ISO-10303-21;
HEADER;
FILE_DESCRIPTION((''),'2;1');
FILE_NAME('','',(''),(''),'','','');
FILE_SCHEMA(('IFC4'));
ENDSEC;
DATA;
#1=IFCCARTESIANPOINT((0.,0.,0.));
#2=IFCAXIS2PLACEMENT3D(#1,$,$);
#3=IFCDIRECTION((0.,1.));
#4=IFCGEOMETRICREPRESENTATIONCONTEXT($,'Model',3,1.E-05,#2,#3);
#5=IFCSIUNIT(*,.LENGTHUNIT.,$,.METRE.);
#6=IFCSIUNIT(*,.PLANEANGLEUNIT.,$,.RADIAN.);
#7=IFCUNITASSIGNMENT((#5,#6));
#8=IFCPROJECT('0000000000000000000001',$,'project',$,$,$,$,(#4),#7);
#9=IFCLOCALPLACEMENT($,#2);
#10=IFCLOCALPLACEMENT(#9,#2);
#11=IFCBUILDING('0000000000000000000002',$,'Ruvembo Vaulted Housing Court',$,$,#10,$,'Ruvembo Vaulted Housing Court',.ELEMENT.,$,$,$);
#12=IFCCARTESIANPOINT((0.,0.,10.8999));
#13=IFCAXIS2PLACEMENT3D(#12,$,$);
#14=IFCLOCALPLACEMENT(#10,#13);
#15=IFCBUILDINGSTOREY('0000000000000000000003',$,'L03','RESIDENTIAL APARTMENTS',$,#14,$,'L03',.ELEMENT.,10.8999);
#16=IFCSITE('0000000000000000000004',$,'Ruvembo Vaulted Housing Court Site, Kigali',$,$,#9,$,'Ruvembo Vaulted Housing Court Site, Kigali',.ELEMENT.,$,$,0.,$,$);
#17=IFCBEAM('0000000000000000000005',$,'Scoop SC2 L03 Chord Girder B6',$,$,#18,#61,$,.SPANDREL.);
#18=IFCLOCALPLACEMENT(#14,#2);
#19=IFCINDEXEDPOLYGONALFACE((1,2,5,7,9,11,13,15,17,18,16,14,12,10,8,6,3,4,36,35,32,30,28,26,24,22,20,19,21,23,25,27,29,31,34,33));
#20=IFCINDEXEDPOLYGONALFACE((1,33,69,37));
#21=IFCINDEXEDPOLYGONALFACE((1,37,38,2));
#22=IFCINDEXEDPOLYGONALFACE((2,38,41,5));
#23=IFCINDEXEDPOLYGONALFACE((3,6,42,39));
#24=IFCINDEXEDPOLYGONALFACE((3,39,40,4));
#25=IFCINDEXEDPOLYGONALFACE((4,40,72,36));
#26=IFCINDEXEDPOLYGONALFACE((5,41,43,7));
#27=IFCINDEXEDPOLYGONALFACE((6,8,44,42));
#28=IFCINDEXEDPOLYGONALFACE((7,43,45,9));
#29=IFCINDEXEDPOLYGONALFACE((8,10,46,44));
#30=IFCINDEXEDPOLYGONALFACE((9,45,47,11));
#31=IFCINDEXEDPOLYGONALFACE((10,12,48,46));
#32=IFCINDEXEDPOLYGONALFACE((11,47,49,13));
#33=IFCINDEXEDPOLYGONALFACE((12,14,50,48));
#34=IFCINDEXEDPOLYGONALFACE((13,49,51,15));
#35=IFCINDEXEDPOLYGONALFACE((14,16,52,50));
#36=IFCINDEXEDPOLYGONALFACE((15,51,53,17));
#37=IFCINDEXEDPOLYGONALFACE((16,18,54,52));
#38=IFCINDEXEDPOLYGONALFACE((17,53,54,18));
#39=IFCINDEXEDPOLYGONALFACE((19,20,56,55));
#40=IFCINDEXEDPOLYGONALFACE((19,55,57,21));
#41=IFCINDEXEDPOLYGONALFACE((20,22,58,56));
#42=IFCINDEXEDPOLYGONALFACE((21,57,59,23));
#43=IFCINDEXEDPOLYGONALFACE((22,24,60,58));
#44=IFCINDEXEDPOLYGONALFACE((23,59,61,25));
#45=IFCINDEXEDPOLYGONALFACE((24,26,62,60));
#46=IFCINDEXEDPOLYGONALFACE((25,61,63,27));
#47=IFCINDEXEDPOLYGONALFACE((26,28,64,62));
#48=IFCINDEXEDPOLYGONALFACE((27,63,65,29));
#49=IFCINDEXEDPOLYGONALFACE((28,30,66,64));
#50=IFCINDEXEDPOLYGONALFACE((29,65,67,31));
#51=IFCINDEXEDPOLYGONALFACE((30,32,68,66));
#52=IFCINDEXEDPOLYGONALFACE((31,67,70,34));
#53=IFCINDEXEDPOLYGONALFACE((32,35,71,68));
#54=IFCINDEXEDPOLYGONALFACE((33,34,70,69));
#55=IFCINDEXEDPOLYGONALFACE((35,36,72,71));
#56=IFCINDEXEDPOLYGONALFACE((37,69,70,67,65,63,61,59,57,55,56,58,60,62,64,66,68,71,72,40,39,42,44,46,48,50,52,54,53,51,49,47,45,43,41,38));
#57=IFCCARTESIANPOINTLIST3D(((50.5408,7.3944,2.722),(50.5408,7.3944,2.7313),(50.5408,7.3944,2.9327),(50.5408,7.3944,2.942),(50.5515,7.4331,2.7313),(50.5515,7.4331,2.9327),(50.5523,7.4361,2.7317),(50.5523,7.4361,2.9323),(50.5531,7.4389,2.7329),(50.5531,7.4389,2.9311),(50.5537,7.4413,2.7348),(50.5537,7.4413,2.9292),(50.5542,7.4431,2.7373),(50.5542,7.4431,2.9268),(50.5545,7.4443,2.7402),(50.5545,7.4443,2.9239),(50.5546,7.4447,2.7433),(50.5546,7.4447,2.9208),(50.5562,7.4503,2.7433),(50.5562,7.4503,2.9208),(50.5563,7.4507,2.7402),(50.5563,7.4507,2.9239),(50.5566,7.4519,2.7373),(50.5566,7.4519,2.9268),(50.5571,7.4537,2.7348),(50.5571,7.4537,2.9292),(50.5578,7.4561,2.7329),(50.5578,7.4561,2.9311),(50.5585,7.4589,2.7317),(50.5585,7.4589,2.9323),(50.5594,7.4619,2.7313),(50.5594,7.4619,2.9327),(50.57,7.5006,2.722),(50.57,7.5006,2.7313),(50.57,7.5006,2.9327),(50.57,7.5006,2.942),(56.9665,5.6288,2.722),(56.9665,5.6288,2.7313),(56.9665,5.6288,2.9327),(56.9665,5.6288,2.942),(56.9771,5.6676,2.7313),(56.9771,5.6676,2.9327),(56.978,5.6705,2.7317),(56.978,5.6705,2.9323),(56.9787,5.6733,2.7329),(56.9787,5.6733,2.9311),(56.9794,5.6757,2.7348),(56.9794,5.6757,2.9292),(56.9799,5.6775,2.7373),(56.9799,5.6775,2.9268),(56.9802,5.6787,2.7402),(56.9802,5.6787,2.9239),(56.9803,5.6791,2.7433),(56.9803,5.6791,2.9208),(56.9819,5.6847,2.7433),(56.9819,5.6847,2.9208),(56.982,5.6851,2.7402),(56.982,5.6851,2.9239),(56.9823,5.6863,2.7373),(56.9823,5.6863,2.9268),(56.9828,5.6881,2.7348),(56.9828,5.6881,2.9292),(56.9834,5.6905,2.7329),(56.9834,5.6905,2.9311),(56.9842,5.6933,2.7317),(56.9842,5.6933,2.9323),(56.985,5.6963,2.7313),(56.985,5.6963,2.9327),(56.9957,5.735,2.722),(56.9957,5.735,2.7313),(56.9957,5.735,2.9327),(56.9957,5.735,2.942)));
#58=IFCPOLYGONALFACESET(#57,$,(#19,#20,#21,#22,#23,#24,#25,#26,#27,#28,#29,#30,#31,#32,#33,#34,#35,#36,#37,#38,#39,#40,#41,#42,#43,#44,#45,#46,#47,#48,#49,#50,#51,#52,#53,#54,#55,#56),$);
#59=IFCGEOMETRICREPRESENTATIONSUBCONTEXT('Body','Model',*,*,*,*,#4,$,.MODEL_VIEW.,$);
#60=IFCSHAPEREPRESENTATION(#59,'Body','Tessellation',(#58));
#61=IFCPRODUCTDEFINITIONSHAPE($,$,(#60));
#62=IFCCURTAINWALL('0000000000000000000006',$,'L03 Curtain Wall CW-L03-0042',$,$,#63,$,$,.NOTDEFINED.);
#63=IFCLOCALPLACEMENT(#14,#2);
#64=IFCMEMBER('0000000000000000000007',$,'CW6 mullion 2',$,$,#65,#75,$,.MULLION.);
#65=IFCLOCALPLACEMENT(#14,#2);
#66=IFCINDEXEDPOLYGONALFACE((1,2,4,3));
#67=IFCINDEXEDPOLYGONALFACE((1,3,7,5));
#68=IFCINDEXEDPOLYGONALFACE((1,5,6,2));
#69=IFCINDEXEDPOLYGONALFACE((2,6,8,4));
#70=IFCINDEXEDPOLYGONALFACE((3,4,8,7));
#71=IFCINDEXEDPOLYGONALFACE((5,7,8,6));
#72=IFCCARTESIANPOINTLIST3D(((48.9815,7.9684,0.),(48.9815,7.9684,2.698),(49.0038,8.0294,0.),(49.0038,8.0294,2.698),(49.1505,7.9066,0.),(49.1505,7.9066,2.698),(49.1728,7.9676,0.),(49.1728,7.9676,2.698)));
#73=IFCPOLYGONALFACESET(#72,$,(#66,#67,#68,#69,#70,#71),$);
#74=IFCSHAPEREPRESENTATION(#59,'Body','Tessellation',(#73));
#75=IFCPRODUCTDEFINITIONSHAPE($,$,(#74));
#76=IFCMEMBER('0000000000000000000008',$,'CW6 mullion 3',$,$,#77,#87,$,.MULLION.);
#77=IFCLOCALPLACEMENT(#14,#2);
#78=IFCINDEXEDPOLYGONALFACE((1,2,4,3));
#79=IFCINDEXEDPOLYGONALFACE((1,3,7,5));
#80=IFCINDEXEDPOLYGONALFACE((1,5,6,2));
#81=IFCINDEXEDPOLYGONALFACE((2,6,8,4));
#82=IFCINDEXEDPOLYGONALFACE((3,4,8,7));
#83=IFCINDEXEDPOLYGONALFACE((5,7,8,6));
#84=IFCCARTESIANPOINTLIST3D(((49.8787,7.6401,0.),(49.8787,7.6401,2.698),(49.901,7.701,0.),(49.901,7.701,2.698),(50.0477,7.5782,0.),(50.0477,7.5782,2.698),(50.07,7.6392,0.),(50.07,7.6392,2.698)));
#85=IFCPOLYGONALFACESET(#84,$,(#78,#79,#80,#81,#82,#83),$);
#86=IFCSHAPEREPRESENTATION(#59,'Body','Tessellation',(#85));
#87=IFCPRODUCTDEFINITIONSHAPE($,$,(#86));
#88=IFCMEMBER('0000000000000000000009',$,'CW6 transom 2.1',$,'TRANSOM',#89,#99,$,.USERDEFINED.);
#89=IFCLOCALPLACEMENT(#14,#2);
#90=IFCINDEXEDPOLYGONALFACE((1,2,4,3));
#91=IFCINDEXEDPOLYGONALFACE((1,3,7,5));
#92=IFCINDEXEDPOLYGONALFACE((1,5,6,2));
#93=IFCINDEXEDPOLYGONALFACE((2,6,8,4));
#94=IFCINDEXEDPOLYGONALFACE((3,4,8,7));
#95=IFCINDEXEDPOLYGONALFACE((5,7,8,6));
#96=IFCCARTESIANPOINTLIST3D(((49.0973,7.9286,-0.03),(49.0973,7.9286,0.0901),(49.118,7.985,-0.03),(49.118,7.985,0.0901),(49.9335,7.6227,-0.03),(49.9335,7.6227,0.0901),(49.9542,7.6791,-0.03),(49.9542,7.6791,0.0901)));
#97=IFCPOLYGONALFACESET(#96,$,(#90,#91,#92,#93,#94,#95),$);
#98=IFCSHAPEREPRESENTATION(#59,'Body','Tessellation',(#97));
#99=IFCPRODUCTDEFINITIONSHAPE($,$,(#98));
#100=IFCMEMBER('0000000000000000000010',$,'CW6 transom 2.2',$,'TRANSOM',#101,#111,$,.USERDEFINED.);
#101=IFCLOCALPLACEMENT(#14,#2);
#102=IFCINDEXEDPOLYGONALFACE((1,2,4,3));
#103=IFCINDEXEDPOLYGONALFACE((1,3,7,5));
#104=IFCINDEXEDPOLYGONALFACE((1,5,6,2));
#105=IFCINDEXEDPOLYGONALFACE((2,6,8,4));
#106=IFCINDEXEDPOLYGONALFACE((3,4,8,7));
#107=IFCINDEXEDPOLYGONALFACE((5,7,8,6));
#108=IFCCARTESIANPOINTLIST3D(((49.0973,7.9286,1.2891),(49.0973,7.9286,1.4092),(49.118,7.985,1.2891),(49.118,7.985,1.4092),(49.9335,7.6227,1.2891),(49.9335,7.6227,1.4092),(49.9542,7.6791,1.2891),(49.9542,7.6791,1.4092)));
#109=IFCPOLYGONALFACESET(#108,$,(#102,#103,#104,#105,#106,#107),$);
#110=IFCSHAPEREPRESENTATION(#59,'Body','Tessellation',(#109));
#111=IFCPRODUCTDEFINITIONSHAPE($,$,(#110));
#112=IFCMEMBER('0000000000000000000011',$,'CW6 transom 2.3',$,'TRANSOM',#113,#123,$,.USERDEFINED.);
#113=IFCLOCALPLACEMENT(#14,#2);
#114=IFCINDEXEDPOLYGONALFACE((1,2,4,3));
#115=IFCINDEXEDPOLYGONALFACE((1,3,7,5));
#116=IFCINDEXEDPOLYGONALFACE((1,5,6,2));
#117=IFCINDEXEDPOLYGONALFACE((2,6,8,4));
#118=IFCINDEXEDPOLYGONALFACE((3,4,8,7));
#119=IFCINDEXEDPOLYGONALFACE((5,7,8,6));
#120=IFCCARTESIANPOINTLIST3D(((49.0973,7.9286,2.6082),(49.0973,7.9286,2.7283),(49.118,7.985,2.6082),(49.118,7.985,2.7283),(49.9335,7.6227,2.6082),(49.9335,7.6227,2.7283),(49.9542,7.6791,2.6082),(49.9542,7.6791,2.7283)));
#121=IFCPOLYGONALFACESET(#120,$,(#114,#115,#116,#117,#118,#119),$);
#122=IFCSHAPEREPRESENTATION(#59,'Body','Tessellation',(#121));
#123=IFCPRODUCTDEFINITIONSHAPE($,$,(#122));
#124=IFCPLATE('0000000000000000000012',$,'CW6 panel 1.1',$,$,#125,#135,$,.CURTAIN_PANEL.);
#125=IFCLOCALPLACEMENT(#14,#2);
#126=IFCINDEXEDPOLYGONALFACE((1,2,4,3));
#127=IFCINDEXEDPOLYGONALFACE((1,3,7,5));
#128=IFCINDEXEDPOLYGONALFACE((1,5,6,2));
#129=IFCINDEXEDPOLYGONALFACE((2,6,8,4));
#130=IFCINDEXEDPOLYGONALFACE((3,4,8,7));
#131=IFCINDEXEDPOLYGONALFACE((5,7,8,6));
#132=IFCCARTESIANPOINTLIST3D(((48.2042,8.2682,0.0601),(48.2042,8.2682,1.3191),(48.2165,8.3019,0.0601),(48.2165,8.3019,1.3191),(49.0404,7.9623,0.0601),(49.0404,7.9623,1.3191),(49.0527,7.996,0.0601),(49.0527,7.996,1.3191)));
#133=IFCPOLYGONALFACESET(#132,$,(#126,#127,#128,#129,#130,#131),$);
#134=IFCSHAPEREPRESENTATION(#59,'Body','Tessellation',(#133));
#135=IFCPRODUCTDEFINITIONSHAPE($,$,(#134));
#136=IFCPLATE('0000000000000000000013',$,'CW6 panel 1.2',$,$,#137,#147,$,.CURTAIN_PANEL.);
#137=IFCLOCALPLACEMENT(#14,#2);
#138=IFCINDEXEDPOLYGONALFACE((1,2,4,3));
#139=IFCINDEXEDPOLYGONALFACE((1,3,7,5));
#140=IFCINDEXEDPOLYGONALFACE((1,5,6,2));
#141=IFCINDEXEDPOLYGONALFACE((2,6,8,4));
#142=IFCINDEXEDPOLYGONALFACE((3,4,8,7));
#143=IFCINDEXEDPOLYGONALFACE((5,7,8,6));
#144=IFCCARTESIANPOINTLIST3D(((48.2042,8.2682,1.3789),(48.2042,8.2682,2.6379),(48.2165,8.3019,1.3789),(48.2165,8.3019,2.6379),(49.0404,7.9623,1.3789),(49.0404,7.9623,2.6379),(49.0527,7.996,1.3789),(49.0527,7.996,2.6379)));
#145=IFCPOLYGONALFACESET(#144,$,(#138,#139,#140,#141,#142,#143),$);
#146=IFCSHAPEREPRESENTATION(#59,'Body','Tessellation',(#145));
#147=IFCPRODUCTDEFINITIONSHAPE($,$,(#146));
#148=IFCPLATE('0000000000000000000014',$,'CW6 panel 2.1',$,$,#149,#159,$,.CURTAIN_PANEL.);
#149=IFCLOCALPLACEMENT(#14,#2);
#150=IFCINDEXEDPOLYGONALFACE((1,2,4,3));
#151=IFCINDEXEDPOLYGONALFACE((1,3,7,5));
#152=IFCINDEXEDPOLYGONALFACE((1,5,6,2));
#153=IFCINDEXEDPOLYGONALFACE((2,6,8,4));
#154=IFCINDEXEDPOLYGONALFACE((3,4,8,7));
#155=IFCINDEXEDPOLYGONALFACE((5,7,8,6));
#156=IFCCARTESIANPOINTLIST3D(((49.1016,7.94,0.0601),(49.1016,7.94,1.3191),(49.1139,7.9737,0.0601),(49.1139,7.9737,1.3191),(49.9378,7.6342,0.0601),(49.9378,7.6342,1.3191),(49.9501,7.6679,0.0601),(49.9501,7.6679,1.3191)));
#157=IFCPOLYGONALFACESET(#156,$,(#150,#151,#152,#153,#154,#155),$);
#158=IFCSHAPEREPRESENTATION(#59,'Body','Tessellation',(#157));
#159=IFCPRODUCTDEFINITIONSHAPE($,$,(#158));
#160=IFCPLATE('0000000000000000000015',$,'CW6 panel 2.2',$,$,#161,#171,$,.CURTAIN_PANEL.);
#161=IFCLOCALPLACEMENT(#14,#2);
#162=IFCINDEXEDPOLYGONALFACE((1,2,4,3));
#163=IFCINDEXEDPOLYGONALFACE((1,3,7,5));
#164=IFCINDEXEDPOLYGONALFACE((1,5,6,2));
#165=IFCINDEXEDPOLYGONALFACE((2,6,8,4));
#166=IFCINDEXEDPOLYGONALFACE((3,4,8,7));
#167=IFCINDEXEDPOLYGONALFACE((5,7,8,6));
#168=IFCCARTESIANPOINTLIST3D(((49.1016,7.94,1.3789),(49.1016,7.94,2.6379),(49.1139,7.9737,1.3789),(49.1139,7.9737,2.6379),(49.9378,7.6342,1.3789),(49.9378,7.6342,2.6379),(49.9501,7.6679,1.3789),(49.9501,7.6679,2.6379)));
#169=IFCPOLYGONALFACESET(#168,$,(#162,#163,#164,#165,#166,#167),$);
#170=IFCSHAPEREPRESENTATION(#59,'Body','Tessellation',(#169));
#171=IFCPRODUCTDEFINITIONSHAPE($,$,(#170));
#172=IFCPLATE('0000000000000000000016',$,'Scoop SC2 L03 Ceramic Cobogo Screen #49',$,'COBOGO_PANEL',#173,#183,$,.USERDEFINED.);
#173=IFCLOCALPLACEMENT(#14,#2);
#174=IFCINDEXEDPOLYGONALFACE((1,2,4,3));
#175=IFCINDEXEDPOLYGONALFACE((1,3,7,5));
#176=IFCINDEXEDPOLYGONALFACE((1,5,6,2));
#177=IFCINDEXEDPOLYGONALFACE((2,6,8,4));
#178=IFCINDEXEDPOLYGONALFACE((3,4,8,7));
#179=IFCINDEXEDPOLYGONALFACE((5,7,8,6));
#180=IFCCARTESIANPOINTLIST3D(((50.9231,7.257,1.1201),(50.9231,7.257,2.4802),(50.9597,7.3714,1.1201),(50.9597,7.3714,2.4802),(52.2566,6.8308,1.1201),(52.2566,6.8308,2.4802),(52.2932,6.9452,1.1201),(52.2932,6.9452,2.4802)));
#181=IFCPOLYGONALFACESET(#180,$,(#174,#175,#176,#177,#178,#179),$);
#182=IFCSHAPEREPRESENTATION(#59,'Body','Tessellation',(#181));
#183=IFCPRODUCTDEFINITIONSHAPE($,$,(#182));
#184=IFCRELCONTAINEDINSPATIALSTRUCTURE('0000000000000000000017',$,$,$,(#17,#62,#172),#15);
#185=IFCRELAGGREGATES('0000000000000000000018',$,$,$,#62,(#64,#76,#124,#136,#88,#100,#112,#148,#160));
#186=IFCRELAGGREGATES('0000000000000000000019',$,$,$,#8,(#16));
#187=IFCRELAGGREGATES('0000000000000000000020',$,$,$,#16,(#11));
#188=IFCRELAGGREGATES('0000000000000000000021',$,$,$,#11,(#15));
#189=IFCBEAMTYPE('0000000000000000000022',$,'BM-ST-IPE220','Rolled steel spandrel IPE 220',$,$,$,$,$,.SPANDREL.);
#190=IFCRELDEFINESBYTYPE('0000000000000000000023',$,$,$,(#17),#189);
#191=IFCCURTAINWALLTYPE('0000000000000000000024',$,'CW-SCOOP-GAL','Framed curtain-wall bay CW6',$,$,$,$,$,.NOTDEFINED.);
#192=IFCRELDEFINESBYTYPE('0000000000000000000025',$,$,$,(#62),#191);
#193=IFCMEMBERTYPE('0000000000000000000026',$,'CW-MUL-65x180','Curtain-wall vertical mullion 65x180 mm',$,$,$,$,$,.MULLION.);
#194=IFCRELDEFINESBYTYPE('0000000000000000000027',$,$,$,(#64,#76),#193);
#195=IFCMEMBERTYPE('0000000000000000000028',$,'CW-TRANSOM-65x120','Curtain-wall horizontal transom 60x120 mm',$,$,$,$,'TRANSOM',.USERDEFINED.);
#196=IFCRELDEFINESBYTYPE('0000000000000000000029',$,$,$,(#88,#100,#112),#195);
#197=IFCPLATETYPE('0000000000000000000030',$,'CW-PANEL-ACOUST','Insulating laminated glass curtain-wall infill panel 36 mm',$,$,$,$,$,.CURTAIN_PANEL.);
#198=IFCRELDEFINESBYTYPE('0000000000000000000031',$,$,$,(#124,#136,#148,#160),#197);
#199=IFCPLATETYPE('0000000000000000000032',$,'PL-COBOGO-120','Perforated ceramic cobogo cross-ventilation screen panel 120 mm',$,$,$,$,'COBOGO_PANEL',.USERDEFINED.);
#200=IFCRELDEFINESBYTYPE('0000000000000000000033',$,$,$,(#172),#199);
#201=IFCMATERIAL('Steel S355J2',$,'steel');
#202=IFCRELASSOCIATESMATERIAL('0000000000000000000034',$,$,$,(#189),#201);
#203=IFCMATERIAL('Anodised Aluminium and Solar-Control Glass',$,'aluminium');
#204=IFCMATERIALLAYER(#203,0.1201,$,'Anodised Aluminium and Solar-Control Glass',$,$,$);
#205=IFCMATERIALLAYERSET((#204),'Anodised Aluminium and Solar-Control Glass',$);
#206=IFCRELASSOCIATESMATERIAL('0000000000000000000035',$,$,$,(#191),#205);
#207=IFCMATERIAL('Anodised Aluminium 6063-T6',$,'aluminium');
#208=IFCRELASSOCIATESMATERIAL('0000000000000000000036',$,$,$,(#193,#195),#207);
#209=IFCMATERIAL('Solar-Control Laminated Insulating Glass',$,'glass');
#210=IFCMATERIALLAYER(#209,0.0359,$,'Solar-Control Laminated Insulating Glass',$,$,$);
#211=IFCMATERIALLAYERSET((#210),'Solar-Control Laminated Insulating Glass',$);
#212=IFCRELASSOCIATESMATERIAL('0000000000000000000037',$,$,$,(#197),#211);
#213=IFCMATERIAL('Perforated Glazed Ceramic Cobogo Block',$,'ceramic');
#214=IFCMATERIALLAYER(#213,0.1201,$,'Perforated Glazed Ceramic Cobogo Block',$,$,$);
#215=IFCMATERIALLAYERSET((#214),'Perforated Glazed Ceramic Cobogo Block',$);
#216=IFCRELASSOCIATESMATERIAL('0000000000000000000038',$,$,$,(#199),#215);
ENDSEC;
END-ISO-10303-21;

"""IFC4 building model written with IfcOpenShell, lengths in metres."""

from ifc_helpers import new_model, si_unit, direction, frame, origin, origin_2d, place, context, subcontext, project, spatial, rectangle, i_section, extrude, material, layer, layer_set, material_profile, profile_set, type_object, element, aggregate, save


model = new_model("IFC4")

# Units and contexts
model_context = context("Model", 3, precision=1e-05, world=origin(), true_north=direction((0.0, 1.0)))
body_context = subcontext(model_context, "Body", "Model", "MODEL_VIEW")
ifc_project = project(units=[si_unit("LENGTHUNIT", "METRE"), si_unit("PLANEANGLEUNIT", "RADIAN")], contexts=[model_context])

# Site, building, storey
site_placement = place(None, origin())
site = spatial("IfcSite", under=ifc_project, at=site_placement, Name="Ruvembo Vaulted Housing Court Site, Kigali", LongName="Ruvembo Vaulted Housing Court Site, Kigali", CompositionType="ELEMENT", RefElevation=0.0)
building_placement = place(site_placement, origin())
building = spatial("IfcBuilding", under=site, at=building_placement, Name="Ruvembo Vaulted Housing Court", LongName="Ruvembo Vaulted Housing Court", CompositionType="ELEMENT")
storey_placement = place(building_placement, frame((0.0, 0.0, 10.8999)))
storey = spatial("IfcBuildingStorey", under=building, at=storey_placement, Name="L03", Description="RESIDENTIAL APARTMENTS", LongName="L03", CompositionType="ELEMENT", Elevation=10.8999)

# Beam
ifc_material_1 = material(Name="Steel S355J2", Category="steel")
ifc_material_profile_1 = material_profile(ifc_material_1, i_section(OverallWidth=0.1101, OverallDepth=0.22, WebThickness=0.0059, FlangeThickness=0.0093, FilletRadius=0.012, at=origin_2d()), Name="IPE 220")
ifc_profile_set_1 = profile_set([ifc_material_profile_1], Name="Steel S355J2")
beam_type_1 = type_object("IfcBeamType", Name="BM-ST-IPE220", Description="Rolled steel spandrel IPE 220", PredefinedType="SPANDREL", material=ifc_profile_set_1)
beam_1_placement = place(storey_placement, frame((50.5554, 7.4475, 2.832), z_axis=(0.964262, -0.264952, 0.0), x_axis=(0.264952, 0.964262, 0.0)))
element("IfcBeam", 1, at=beam_1_placement, inside=storey, type_object=beam_type_1, Name="Scoop SC2 L03 Chord Girder B6", PredefinedType="SPANDREL", context=body_context, shape_type="SweptSolid", body=[
    extrude(i_section(OverallWidth=0.1101, OverallDepth=0.22, WebThickness=0.0059, FlangeThickness=0.0093, FilletRadius=0.012, at=origin_2d()), origin(), (0.0, 0.0, 1.0), 6.6638),
])

# Curtain wall, members, plates
ifc_material_2 = material(Name="Anodised Aluminium and Solar-Control Glass", Category="aluminium")
ifc_layer_1 = layer(ifc_material_2, 0.1201, Name="Anodised Aluminium and Solar-Control Glass")
ifc_layer_set_1 = layer_set([ifc_layer_1], Name="Anodised Aluminium and Solar-Control Glass")
curtain_wall_type = type_object("IfcCurtainWallType", Name="CW-SCOOP-GAL", Description="Framed curtain-wall bay CW6", PredefinedType="NOTDEFINED", material=ifc_layer_set_1)
curtain_wall_placement = place(storey_placement, origin())
curtain_wall = element("IfcCurtainWall", 2, at=curtain_wall_placement, inside=storey, type_object=curtain_wall_type, Name="L03 Curtain Wall CW-L03-0042", PredefinedType="NOTDEFINED")
ifc_material_3 = material(Name="Anodised Aluminium 6063-T6", Category="aluminium")
ifc_material_profile_2 = material_profile(ifc_material_3, rectangle(XDim=0.0649, YDim=0.1799, at=origin_2d()), Name="ALU 65x180")
ifc_profile_set_2 = profile_set([ifc_material_profile_2], Name="Anodised Aluminium 6063-T6")
member_type_1 = type_object("IfcMemberType", Name="CW-MUL-65x180", Description="Curtain-wall vertical mullion 65x180 mm", PredefinedType="MULLION", material=ifc_profile_set_2)
member_1_placement = place(storey_placement, frame((49.0771, 7.968, 0.0), z_axis=(0.0, 0.0, 1.0), x_axis=(0.34353, 0.939142, 0.0)))
member_1 = element("IfcMember", 3, at=member_1_placement, type_object=member_type_1, Name="CW6 mullion 2", PredefinedType="MULLION", context=body_context, shape_type="SweptSolid", body=[
    extrude(rectangle(XDim=0.0649, YDim=0.1799, at=origin_2d()), origin(), (0.0, 0.0, 1.0), 2.698),
])
member_2_placement = place(storey_placement, frame((49.9744, 7.6396, 0.0), z_axis=(0.0, 0.0, 1.0), x_axis=(0.34353, 0.939142, 0.0)))
member_2 = element("IfcMember", 4, at=member_2_placement, type_object=member_type_1, Name="CW6 mullion 3", PredefinedType="MULLION", context=body_context, shape_type="SweptSolid", body=[
    extrude(rectangle(XDim=0.0649, YDim=0.1799, at=origin_2d()), origin(), (0.0, 0.0, 1.0), 2.698),
])
ifc_material_profile_3 = material_profile(ifc_material_3, rectangle(XDim=0.0601, YDim=0.1201, at=origin_2d()), Name="ALU 60x120")
ifc_profile_set_3 = profile_set([ifc_material_profile_3], Name="Anodised Aluminium 6063-T6")
member_type_2 = type_object("IfcMemberType", Name="CW-TRANSOM-65x120", Description="Curtain-wall horizontal transom 60x120 mm", ElementType="TRANSOM", PredefinedType="USERDEFINED", material=ifc_profile_set_3)
member_3_placement = place(storey_placement, frame((49.1077, 7.9568, 0.03), z_axis=(0.939127, -0.34357, 0.0), x_axis=(0.34357, 0.939127, 0.0)))
member_3 = element("IfcMember", 5, at=member_3_placement, type_object=member_type_2, Name="CW6 transom 2.1", ObjectType="TRANSOM", PredefinedType="USERDEFINED", context=body_context, shape_type="SweptSolid", body=[
    extrude(rectangle(XDim=0.0601, YDim=0.1201, at=origin_2d()), origin(), (0.0, 0.0, 1.0), 0.8904),
])
member_4_placement = place(storey_placement, frame((49.1077, 7.9568, 1.3491), z_axis=(0.939127, -0.34357, 0.0), x_axis=(0.34357, 0.939127, 0.0)))
member_4 = element("IfcMember", 6, at=member_4_placement, type_object=member_type_2, Name="CW6 transom 2.2", ObjectType="TRANSOM", PredefinedType="USERDEFINED", context=body_context, shape_type="SweptSolid", body=[
    extrude(rectangle(XDim=0.0601, YDim=0.1201, at=origin_2d()), origin(), (0.0, 0.0, 1.0), 0.8904),
])
member_5_placement = place(storey_placement, frame((49.1077, 7.9568, 2.6682), z_axis=(0.939127, -0.34357, 0.0), x_axis=(0.34357, 0.939127, 0.0)))
member_5 = element("IfcMember", 7, at=member_5_placement, type_object=member_type_2, Name="CW6 transom 2.3", ObjectType="TRANSOM", PredefinedType="USERDEFINED", context=body_context, shape_type="SweptSolid", body=[
    extrude(rectangle(XDim=0.0601, YDim=0.1201, at=origin_2d()), origin(), (0.0, 0.0, 1.0), 0.8904),
])
ifc_material_4 = material(Name="Solar-Control Laminated Insulating Glass", Category="glass")
ifc_layer_2 = layer(ifc_material_4, 0.0359, Name="Solar-Control Laminated Insulating Glass")
ifc_layer_set_2 = layer_set([ifc_layer_2], Name="Solar-Control Laminated Insulating Glass")
plate_type_1 = type_object("IfcPlateType", Name="CW-PANEL-ACOUST", Description="Insulating laminated glass curtain-wall infill panel 36 mm", PredefinedType="CURTAIN_PANEL", material=ifc_layer_set_2)
plate_1_placement = place(storey_placement, frame((48.6284, 8.1321, 0.0601), z_axis=(0.0, 0.0, 1.0), x_axis=(0.939142, -0.34353, 0.0)))
plate_1 = element("IfcPlate", 8, at=plate_1_placement, type_object=plate_type_1, Name="CW6 panel 1.1", PredefinedType="CURTAIN_PANEL", context=body_context, shape_type="SweptSolid", body=[
    extrude(rectangle(XDim=0.8904, YDim=0.0359, at=origin_2d()), origin(), (0.0, 0.0, 1.0), 1.259),
])
plate_2_placement = place(storey_placement, frame((48.6284, 8.1321, 1.3789), z_axis=(0.0, 0.0, 1.0), x_axis=(0.939142, -0.34353, 0.0)))
plate_2 = element("IfcPlate", 9, at=plate_2_placement, type_object=plate_type_1, Name="CW6 panel 1.2", PredefinedType="CURTAIN_PANEL", context=body_context, shape_type="SweptSolid", body=[
    extrude(rectangle(XDim=0.8904, YDim=0.0359, at=origin_2d()), origin(), (0.0, 0.0, 1.0), 1.259),
])
plate_3_placement = place(storey_placement, frame((49.5259, 7.804, 0.0601), z_axis=(0.0, 0.0, 1.0), x_axis=(0.939142, -0.34353, 0.0)))
plate_3 = element("IfcPlate", 10, at=plate_3_placement, type_object=plate_type_1, Name="CW6 panel 2.1", PredefinedType="CURTAIN_PANEL", context=body_context, shape_type="SweptSolid", body=[
    extrude(rectangle(XDim=0.8904, YDim=0.0359, at=origin_2d()), origin(), (0.0, 0.0, 1.0), 1.259),
])
plate_4_placement = place(storey_placement, frame((49.5259, 7.804, 1.3789), z_axis=(0.0, 0.0, 1.0), x_axis=(0.939142, -0.34353, 0.0)))
plate_4 = element("IfcPlate", 11, at=plate_4_placement, type_object=plate_type_1, Name="CW6 panel 2.2", PredefinedType="CURTAIN_PANEL", context=body_context, shape_type="SweptSolid", body=[
    extrude(rectangle(XDim=0.8904, YDim=0.0359, at=origin_2d()), origin(), (0.0, 0.0, 1.0), 1.259),
])
aggregate(curtain_wall, [member_1, member_2, plate_1, plate_2, member_3, member_4, member_5, plate_3, plate_4])

# Plate
ifc_material_5 = material(Name="Perforated Glazed Ceramic Cobogo Block", Category="ceramic")
ifc_layer_3 = layer(ifc_material_5, 0.1201, Name="Perforated Glazed Ceramic Cobogo Block")
ifc_layer_set_3 = layer_set([ifc_layer_3], Name="Perforated Glazed Ceramic Cobogo Block")
plate_type_2 = type_object("IfcPlateType", Name="PL-COBOGO-120", Description="Perforated ceramic cobogo cross-ventilation screen panel 120 mm", ElementType="COBOGO_PANEL", PredefinedType="USERDEFINED", material=ifc_layer_set_3)
plate_5_placement = place(storey_placement, frame((51.6082, 7.1011, 1.1201), z_axis=(0.0, 0.0, 1.0), x_axis=(0.952523, -0.304465, 0.0)))
element("IfcPlate", 12, at=plate_5_placement, inside=storey, type_object=plate_type_2, Name="Scoop SC2 L03 Ceramic Cobogo Screen #49", ObjectType="COBOGO_PANEL", PredefinedType="USERDEFINED", context=body_context, shape_type="SweptSolid", body=[
    extrude(rectangle(XDim=1.3999, YDim=0.1201, at=origin_2d()), origin(), (0.0, 0.0, 1.0), 1.3601),
])

save(model, "model.ifc")
